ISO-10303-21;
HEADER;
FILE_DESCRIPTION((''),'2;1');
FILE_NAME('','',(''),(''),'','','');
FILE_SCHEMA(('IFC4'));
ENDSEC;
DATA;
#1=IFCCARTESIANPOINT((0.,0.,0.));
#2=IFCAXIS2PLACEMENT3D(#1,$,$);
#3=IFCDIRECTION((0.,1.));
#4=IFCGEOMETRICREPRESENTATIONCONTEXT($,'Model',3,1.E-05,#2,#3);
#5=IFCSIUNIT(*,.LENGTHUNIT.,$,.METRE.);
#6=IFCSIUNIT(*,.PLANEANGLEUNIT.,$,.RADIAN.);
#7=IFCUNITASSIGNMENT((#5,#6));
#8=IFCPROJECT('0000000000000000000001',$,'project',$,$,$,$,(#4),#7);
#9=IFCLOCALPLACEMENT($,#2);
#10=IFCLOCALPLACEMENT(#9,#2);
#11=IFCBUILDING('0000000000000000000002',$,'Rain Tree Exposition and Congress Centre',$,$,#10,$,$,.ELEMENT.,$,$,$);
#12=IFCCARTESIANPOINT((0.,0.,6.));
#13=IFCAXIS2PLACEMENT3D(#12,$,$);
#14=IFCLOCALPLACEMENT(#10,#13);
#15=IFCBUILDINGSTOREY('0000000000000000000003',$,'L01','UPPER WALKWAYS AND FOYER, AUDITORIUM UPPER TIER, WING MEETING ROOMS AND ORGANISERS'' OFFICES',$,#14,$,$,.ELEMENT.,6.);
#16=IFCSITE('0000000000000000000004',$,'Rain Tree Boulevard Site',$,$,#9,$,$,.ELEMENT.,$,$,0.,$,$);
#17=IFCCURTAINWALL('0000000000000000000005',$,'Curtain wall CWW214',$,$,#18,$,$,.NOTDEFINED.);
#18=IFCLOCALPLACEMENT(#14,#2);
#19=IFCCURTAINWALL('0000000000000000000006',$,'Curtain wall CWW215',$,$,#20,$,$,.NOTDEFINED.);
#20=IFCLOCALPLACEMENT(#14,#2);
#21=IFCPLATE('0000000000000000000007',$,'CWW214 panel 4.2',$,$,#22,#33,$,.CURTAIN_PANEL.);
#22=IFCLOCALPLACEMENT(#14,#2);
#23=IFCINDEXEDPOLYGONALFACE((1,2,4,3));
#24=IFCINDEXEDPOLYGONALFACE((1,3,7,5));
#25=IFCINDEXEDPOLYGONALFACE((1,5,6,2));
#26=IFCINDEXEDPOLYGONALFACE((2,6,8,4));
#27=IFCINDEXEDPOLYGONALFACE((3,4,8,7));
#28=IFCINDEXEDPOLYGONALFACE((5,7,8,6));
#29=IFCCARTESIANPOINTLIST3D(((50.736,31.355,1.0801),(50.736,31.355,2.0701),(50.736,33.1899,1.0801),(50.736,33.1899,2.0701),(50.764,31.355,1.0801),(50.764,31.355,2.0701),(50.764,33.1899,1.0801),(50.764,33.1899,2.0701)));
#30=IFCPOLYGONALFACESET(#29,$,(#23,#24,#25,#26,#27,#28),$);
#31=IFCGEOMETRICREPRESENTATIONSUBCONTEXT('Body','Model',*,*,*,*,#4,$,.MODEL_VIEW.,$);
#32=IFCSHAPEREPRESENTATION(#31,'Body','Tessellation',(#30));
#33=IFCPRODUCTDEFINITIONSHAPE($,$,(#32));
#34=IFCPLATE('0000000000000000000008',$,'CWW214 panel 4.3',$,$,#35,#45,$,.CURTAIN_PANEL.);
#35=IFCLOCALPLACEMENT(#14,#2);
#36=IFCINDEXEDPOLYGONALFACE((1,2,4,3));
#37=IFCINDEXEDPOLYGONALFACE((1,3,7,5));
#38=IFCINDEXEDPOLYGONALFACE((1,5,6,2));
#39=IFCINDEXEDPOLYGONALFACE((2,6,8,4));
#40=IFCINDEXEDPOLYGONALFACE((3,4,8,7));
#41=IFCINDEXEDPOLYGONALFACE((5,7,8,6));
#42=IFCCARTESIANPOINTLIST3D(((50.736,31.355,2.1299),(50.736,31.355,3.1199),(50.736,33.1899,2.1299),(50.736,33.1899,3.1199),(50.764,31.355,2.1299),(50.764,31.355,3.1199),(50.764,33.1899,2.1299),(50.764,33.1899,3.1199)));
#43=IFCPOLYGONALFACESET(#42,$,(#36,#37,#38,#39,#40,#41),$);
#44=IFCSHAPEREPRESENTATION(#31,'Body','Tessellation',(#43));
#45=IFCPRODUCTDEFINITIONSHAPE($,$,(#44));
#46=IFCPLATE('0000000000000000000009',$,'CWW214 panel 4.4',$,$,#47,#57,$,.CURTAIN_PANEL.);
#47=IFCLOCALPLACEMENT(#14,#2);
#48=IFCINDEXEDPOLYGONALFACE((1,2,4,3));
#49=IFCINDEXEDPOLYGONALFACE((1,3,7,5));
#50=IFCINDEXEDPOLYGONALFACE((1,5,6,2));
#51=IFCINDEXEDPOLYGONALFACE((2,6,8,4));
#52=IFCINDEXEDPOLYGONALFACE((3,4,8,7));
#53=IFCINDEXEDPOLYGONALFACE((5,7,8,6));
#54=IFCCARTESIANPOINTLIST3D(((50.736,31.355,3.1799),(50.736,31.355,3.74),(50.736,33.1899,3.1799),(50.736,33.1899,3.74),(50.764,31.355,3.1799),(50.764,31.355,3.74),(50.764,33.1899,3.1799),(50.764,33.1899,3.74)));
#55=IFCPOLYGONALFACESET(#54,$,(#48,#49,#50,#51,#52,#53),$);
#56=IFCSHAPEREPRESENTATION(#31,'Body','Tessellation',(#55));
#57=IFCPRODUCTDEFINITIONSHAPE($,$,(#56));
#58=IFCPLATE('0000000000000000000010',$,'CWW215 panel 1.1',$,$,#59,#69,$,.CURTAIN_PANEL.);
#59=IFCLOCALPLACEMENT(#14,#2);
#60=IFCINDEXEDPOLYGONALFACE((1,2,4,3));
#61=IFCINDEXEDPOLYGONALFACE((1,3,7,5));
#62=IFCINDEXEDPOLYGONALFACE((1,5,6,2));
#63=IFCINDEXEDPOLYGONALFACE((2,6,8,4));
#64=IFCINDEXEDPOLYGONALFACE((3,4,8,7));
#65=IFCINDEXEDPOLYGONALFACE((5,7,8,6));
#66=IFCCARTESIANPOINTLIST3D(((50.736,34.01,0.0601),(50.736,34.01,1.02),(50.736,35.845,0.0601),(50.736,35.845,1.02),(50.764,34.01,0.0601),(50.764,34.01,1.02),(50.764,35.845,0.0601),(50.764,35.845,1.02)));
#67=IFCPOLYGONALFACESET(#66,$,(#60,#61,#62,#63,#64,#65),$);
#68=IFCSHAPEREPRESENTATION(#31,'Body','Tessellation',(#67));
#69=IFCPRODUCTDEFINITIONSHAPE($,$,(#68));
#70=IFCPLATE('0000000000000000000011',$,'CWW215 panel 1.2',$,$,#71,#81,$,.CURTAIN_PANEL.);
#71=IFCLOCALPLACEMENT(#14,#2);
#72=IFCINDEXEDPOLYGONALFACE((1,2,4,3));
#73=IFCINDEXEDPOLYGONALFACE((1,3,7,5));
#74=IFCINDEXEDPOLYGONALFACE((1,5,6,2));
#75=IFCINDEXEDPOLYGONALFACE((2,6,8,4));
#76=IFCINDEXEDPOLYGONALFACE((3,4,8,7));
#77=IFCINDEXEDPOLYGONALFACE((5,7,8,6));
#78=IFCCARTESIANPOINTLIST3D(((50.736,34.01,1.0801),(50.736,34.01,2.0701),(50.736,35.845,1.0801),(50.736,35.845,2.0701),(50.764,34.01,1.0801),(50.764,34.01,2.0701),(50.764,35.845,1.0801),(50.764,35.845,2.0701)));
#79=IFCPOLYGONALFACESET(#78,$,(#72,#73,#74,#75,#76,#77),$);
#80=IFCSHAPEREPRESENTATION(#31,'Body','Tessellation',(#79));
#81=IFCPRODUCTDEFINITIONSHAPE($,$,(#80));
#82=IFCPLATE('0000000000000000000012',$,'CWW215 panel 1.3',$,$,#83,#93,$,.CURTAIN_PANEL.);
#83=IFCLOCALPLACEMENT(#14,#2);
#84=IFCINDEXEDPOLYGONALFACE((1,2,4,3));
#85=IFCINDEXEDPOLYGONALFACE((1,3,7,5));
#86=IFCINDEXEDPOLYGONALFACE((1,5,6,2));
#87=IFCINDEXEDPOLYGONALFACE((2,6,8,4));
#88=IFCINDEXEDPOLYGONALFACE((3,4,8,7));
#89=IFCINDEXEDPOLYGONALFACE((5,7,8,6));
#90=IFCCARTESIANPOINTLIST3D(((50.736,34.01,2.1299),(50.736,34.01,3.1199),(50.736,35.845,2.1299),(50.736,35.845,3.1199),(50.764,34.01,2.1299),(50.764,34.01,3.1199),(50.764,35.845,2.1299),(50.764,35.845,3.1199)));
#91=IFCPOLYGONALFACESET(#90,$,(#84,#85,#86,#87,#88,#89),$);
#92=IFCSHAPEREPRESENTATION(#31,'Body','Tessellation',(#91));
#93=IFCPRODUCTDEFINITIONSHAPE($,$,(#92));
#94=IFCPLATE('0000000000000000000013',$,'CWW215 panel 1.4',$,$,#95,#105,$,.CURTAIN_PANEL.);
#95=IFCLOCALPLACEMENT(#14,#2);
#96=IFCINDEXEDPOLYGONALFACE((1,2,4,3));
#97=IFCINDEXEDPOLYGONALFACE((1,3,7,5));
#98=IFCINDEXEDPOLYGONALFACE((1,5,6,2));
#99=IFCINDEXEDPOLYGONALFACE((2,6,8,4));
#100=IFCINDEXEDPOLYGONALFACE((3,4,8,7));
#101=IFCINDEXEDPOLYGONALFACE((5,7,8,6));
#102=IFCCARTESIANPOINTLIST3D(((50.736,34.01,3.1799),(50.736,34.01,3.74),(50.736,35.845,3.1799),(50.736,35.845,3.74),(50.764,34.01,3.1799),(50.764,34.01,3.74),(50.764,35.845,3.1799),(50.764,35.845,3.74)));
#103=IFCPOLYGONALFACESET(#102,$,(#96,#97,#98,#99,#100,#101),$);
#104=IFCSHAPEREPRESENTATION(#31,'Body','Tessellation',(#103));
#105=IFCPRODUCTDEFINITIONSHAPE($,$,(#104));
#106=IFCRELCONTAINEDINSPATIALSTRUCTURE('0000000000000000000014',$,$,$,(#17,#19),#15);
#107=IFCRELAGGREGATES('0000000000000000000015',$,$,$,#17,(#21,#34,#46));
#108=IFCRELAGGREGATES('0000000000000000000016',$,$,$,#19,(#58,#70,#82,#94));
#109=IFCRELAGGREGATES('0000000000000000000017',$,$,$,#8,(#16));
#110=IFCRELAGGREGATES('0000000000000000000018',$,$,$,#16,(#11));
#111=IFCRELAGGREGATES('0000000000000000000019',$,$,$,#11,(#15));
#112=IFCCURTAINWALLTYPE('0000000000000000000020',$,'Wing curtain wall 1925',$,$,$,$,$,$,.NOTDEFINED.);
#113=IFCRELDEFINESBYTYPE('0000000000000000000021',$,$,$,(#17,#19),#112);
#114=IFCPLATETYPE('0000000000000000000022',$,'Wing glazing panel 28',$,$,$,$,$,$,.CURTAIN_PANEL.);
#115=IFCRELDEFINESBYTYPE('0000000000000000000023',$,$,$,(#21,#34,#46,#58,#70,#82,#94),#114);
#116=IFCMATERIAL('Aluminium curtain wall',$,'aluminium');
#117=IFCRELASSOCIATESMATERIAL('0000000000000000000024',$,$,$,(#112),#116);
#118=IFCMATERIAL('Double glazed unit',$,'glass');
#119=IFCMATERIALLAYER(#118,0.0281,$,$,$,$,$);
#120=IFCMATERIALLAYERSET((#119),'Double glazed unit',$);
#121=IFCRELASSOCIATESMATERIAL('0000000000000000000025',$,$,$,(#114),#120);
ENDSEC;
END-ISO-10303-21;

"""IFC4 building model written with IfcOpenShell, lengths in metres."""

from ifc_helpers import new_model, si_unit, direction, frame, origin, origin_2d, place, context, subcontext, project, spatial, rectangle, extrude, material, layer, layer_set, type_object, element, aggregate, save


model = new_model("IFC4")

# Units and contexts
model_context = context("Model", 3, precision=1e-05, world=origin(), true_north=direction((0.0, 1.0)))
body_context = subcontext(model_context, "Body", "Model", "MODEL_VIEW")
ifc_project = project(units=[si_unit("LENGTHUNIT", "METRE"), si_unit("PLANEANGLEUNIT", "RADIAN")], contexts=[model_context])

# Site, building, storey
site_placement = place(None, origin())
site = spatial("IfcSite", under=ifc_project, at=site_placement, Name="Rain Tree Boulevard Site", CompositionType="ELEMENT", RefElevation=0.0)
building_placement = place(site_placement, origin())
building = spatial("IfcBuilding", under=site, at=building_placement, Name="Rain Tree Exposition and Congress Centre", CompositionType="ELEMENT")
storey_placement = place(building_placement, frame((0.0, 0.0, 6.0)))
storey = spatial("IfcBuildingStorey", under=building, at=storey_placement, Name="L01", Description="UPPER WALKWAYS AND FOYER, AUDITORIUM UPPER TIER, WING MEETING ROOMS AND ORGANISERS' OFFICES", CompositionType="ELEMENT", Elevation=6.0)

# Curtain wall
ifc_material_1 = material(Name="Aluminium curtain wall", Category="aluminium")
curtain_wall_type = type_object("IfcCurtainWallType", Name="Wing curtain wall 1925", PredefinedType="NOTDEFINED", material=ifc_material_1)
curtain_wall_1_placement = place(storey_placement, origin())
curtain_wall_1 = element("IfcCurtainWall", 1, at=curtain_wall_1_placement, inside=storey, type_object=curtain_wall_type, Name="Curtain wall CWW214", PredefinedType="NOTDEFINED")

# Curtain wall
curtain_wall_2_placement = place(storey_placement, origin())
curtain_wall_2 = element("IfcCurtainWall", 2, at=curtain_wall_2_placement, inside=storey, type_object=curtain_wall_type, Name="Curtain wall CWW215", PredefinedType="NOTDEFINED")

# Plates
ifc_material_2 = material(Name="Double glazed unit", Category="glass")
ifc_layer = layer(ifc_material_2, 0.0281)
ifc_layer_set = layer_set([ifc_layer], Name="Double glazed unit")
plate_type = type_object("IfcPlateType", Name="Wing glazing panel 28", PredefinedType="CURTAIN_PANEL", material=ifc_layer_set)
plate_1_placement = place(storey_placement, frame((50.75, 32.2725, 1.0801), z_axis=(0.0, 0.0, 1.0), x_axis=(0.0, 1.0, 0.0)))
plate_1 = element("IfcPlate", 3, at=plate_1_placement, type_object=plate_type, Name="CWW214 panel 4.2", PredefinedType="CURTAIN_PANEL", context=body_context, shape_type="SweptSolid", body=[
    extrude(rectangle(XDim=1.835, YDim=0.0281, at=origin_2d()), origin(), (0.0, 0.0, 1.0), 0.99),
])
plate_2_placement = place(storey_placement, frame((50.75, 32.2725, 2.1299), z_axis=(0.0, 0.0, 1.0), x_axis=(0.0, 1.0, 0.0)))
plate_2 = element("IfcPlate", 4, at=plate_2_placement, type_object=plate_type, Name="CWW214 panel 4.3", PredefinedType="CURTAIN_PANEL", context=body_context, shape_type="SweptSolid", body=[
    extrude(rectangle(XDim=1.835, YDim=0.0281, at=origin_2d()), origin(), (0.0, 0.0, 1.0), 0.99),
])
plate_3_placement = place(storey_placement, frame((50.75, 32.2725, 3.1799), z_axis=(0.0, 0.0, 1.0), x_axis=(0.0, 1.0, 0.0)))
plate_3 = element("IfcPlate", 5, at=plate_3_placement, type_object=plate_type, Name="CWW214 panel 4.4", PredefinedType="CURTAIN_PANEL", context=body_context, shape_type="SweptSolid", body=[
    extrude(rectangle(XDim=1.835, YDim=0.0281, at=origin_2d()), origin(), (0.0, 0.0, 1.0), 0.5601),
])
aggregate(curtain_wall_1, [plate_1, plate_2, plate_3])
plate_4_placement = place(storey_placement, frame((50.75, 34.9275, 0.0601), z_axis=(0.0, 0.0, 1.0), x_axis=(0.0, 1.0, 0.0)))
plate_4 = element("IfcPlate", 6, at=plate_4_placement, type_object=plate_type, Name="CWW215 panel 1.1", PredefinedType="CURTAIN_PANEL", context=body_context, shape_type="SweptSolid", body=[
    extrude(rectangle(XDim=1.835, YDim=0.0281, at=origin_2d()), origin(), (0.0, 0.0, 1.0), 0.96),
])
plate_5_placement = place(storey_placement, frame((50.75, 34.9275, 1.0801), z_axis=(0.0, 0.0, 1.0), x_axis=(0.0, 1.0, 0.0)))
plate_5 = element("IfcPlate", 7, at=plate_5_placement, type_object=plate_type, Name="CWW215 panel 1.2", PredefinedType="CURTAIN_PANEL", context=body_context, shape_type="SweptSolid", body=[
    extrude(rectangle(XDim=1.835, YDim=0.0281, at=origin_2d()), origin(), (0.0, 0.0, 1.0), 0.99),
])
plate_6_placement = place(storey_placement, frame((50.75, 34.9275, 2.1299), z_axis=(0.0, 0.0, 1.0), x_axis=(0.0, 1.0, 0.0)))
plate_6 = element("IfcPlate", 8, at=plate_6_placement, type_object=plate_type, Name="CWW215 panel 1.3", PredefinedType="CURTAIN_PANEL", context=body_context, shape_type="SweptSolid", body=[
    extrude(rectangle(XDim=1.835, YDim=0.0281, at=origin_2d()), origin(), (0.0, 0.0, 1.0), 0.99),
])
plate_7_placement = place(storey_placement, frame((50.75, 34.9275, 3.1799), z_axis=(0.0, 0.0, 1.0), x_axis=(0.0, 1.0, 0.0)))
plate_7 = element("IfcPlate", 9, at=plate_7_placement, type_object=plate_type, Name="CWW215 panel 1.4", PredefinedType="CURTAIN_PANEL", context=body_context, shape_type="SweptSolid", body=[
    extrude(rectangle(XDim=1.835, YDim=0.0281, at=origin_2d()), origin(), (0.0, 0.0, 1.0), 0.5601),
])
aggregate(curtain_wall_2, [plate_4, plate_5, plate_6, plate_7])

save(model, "model.ifc")
